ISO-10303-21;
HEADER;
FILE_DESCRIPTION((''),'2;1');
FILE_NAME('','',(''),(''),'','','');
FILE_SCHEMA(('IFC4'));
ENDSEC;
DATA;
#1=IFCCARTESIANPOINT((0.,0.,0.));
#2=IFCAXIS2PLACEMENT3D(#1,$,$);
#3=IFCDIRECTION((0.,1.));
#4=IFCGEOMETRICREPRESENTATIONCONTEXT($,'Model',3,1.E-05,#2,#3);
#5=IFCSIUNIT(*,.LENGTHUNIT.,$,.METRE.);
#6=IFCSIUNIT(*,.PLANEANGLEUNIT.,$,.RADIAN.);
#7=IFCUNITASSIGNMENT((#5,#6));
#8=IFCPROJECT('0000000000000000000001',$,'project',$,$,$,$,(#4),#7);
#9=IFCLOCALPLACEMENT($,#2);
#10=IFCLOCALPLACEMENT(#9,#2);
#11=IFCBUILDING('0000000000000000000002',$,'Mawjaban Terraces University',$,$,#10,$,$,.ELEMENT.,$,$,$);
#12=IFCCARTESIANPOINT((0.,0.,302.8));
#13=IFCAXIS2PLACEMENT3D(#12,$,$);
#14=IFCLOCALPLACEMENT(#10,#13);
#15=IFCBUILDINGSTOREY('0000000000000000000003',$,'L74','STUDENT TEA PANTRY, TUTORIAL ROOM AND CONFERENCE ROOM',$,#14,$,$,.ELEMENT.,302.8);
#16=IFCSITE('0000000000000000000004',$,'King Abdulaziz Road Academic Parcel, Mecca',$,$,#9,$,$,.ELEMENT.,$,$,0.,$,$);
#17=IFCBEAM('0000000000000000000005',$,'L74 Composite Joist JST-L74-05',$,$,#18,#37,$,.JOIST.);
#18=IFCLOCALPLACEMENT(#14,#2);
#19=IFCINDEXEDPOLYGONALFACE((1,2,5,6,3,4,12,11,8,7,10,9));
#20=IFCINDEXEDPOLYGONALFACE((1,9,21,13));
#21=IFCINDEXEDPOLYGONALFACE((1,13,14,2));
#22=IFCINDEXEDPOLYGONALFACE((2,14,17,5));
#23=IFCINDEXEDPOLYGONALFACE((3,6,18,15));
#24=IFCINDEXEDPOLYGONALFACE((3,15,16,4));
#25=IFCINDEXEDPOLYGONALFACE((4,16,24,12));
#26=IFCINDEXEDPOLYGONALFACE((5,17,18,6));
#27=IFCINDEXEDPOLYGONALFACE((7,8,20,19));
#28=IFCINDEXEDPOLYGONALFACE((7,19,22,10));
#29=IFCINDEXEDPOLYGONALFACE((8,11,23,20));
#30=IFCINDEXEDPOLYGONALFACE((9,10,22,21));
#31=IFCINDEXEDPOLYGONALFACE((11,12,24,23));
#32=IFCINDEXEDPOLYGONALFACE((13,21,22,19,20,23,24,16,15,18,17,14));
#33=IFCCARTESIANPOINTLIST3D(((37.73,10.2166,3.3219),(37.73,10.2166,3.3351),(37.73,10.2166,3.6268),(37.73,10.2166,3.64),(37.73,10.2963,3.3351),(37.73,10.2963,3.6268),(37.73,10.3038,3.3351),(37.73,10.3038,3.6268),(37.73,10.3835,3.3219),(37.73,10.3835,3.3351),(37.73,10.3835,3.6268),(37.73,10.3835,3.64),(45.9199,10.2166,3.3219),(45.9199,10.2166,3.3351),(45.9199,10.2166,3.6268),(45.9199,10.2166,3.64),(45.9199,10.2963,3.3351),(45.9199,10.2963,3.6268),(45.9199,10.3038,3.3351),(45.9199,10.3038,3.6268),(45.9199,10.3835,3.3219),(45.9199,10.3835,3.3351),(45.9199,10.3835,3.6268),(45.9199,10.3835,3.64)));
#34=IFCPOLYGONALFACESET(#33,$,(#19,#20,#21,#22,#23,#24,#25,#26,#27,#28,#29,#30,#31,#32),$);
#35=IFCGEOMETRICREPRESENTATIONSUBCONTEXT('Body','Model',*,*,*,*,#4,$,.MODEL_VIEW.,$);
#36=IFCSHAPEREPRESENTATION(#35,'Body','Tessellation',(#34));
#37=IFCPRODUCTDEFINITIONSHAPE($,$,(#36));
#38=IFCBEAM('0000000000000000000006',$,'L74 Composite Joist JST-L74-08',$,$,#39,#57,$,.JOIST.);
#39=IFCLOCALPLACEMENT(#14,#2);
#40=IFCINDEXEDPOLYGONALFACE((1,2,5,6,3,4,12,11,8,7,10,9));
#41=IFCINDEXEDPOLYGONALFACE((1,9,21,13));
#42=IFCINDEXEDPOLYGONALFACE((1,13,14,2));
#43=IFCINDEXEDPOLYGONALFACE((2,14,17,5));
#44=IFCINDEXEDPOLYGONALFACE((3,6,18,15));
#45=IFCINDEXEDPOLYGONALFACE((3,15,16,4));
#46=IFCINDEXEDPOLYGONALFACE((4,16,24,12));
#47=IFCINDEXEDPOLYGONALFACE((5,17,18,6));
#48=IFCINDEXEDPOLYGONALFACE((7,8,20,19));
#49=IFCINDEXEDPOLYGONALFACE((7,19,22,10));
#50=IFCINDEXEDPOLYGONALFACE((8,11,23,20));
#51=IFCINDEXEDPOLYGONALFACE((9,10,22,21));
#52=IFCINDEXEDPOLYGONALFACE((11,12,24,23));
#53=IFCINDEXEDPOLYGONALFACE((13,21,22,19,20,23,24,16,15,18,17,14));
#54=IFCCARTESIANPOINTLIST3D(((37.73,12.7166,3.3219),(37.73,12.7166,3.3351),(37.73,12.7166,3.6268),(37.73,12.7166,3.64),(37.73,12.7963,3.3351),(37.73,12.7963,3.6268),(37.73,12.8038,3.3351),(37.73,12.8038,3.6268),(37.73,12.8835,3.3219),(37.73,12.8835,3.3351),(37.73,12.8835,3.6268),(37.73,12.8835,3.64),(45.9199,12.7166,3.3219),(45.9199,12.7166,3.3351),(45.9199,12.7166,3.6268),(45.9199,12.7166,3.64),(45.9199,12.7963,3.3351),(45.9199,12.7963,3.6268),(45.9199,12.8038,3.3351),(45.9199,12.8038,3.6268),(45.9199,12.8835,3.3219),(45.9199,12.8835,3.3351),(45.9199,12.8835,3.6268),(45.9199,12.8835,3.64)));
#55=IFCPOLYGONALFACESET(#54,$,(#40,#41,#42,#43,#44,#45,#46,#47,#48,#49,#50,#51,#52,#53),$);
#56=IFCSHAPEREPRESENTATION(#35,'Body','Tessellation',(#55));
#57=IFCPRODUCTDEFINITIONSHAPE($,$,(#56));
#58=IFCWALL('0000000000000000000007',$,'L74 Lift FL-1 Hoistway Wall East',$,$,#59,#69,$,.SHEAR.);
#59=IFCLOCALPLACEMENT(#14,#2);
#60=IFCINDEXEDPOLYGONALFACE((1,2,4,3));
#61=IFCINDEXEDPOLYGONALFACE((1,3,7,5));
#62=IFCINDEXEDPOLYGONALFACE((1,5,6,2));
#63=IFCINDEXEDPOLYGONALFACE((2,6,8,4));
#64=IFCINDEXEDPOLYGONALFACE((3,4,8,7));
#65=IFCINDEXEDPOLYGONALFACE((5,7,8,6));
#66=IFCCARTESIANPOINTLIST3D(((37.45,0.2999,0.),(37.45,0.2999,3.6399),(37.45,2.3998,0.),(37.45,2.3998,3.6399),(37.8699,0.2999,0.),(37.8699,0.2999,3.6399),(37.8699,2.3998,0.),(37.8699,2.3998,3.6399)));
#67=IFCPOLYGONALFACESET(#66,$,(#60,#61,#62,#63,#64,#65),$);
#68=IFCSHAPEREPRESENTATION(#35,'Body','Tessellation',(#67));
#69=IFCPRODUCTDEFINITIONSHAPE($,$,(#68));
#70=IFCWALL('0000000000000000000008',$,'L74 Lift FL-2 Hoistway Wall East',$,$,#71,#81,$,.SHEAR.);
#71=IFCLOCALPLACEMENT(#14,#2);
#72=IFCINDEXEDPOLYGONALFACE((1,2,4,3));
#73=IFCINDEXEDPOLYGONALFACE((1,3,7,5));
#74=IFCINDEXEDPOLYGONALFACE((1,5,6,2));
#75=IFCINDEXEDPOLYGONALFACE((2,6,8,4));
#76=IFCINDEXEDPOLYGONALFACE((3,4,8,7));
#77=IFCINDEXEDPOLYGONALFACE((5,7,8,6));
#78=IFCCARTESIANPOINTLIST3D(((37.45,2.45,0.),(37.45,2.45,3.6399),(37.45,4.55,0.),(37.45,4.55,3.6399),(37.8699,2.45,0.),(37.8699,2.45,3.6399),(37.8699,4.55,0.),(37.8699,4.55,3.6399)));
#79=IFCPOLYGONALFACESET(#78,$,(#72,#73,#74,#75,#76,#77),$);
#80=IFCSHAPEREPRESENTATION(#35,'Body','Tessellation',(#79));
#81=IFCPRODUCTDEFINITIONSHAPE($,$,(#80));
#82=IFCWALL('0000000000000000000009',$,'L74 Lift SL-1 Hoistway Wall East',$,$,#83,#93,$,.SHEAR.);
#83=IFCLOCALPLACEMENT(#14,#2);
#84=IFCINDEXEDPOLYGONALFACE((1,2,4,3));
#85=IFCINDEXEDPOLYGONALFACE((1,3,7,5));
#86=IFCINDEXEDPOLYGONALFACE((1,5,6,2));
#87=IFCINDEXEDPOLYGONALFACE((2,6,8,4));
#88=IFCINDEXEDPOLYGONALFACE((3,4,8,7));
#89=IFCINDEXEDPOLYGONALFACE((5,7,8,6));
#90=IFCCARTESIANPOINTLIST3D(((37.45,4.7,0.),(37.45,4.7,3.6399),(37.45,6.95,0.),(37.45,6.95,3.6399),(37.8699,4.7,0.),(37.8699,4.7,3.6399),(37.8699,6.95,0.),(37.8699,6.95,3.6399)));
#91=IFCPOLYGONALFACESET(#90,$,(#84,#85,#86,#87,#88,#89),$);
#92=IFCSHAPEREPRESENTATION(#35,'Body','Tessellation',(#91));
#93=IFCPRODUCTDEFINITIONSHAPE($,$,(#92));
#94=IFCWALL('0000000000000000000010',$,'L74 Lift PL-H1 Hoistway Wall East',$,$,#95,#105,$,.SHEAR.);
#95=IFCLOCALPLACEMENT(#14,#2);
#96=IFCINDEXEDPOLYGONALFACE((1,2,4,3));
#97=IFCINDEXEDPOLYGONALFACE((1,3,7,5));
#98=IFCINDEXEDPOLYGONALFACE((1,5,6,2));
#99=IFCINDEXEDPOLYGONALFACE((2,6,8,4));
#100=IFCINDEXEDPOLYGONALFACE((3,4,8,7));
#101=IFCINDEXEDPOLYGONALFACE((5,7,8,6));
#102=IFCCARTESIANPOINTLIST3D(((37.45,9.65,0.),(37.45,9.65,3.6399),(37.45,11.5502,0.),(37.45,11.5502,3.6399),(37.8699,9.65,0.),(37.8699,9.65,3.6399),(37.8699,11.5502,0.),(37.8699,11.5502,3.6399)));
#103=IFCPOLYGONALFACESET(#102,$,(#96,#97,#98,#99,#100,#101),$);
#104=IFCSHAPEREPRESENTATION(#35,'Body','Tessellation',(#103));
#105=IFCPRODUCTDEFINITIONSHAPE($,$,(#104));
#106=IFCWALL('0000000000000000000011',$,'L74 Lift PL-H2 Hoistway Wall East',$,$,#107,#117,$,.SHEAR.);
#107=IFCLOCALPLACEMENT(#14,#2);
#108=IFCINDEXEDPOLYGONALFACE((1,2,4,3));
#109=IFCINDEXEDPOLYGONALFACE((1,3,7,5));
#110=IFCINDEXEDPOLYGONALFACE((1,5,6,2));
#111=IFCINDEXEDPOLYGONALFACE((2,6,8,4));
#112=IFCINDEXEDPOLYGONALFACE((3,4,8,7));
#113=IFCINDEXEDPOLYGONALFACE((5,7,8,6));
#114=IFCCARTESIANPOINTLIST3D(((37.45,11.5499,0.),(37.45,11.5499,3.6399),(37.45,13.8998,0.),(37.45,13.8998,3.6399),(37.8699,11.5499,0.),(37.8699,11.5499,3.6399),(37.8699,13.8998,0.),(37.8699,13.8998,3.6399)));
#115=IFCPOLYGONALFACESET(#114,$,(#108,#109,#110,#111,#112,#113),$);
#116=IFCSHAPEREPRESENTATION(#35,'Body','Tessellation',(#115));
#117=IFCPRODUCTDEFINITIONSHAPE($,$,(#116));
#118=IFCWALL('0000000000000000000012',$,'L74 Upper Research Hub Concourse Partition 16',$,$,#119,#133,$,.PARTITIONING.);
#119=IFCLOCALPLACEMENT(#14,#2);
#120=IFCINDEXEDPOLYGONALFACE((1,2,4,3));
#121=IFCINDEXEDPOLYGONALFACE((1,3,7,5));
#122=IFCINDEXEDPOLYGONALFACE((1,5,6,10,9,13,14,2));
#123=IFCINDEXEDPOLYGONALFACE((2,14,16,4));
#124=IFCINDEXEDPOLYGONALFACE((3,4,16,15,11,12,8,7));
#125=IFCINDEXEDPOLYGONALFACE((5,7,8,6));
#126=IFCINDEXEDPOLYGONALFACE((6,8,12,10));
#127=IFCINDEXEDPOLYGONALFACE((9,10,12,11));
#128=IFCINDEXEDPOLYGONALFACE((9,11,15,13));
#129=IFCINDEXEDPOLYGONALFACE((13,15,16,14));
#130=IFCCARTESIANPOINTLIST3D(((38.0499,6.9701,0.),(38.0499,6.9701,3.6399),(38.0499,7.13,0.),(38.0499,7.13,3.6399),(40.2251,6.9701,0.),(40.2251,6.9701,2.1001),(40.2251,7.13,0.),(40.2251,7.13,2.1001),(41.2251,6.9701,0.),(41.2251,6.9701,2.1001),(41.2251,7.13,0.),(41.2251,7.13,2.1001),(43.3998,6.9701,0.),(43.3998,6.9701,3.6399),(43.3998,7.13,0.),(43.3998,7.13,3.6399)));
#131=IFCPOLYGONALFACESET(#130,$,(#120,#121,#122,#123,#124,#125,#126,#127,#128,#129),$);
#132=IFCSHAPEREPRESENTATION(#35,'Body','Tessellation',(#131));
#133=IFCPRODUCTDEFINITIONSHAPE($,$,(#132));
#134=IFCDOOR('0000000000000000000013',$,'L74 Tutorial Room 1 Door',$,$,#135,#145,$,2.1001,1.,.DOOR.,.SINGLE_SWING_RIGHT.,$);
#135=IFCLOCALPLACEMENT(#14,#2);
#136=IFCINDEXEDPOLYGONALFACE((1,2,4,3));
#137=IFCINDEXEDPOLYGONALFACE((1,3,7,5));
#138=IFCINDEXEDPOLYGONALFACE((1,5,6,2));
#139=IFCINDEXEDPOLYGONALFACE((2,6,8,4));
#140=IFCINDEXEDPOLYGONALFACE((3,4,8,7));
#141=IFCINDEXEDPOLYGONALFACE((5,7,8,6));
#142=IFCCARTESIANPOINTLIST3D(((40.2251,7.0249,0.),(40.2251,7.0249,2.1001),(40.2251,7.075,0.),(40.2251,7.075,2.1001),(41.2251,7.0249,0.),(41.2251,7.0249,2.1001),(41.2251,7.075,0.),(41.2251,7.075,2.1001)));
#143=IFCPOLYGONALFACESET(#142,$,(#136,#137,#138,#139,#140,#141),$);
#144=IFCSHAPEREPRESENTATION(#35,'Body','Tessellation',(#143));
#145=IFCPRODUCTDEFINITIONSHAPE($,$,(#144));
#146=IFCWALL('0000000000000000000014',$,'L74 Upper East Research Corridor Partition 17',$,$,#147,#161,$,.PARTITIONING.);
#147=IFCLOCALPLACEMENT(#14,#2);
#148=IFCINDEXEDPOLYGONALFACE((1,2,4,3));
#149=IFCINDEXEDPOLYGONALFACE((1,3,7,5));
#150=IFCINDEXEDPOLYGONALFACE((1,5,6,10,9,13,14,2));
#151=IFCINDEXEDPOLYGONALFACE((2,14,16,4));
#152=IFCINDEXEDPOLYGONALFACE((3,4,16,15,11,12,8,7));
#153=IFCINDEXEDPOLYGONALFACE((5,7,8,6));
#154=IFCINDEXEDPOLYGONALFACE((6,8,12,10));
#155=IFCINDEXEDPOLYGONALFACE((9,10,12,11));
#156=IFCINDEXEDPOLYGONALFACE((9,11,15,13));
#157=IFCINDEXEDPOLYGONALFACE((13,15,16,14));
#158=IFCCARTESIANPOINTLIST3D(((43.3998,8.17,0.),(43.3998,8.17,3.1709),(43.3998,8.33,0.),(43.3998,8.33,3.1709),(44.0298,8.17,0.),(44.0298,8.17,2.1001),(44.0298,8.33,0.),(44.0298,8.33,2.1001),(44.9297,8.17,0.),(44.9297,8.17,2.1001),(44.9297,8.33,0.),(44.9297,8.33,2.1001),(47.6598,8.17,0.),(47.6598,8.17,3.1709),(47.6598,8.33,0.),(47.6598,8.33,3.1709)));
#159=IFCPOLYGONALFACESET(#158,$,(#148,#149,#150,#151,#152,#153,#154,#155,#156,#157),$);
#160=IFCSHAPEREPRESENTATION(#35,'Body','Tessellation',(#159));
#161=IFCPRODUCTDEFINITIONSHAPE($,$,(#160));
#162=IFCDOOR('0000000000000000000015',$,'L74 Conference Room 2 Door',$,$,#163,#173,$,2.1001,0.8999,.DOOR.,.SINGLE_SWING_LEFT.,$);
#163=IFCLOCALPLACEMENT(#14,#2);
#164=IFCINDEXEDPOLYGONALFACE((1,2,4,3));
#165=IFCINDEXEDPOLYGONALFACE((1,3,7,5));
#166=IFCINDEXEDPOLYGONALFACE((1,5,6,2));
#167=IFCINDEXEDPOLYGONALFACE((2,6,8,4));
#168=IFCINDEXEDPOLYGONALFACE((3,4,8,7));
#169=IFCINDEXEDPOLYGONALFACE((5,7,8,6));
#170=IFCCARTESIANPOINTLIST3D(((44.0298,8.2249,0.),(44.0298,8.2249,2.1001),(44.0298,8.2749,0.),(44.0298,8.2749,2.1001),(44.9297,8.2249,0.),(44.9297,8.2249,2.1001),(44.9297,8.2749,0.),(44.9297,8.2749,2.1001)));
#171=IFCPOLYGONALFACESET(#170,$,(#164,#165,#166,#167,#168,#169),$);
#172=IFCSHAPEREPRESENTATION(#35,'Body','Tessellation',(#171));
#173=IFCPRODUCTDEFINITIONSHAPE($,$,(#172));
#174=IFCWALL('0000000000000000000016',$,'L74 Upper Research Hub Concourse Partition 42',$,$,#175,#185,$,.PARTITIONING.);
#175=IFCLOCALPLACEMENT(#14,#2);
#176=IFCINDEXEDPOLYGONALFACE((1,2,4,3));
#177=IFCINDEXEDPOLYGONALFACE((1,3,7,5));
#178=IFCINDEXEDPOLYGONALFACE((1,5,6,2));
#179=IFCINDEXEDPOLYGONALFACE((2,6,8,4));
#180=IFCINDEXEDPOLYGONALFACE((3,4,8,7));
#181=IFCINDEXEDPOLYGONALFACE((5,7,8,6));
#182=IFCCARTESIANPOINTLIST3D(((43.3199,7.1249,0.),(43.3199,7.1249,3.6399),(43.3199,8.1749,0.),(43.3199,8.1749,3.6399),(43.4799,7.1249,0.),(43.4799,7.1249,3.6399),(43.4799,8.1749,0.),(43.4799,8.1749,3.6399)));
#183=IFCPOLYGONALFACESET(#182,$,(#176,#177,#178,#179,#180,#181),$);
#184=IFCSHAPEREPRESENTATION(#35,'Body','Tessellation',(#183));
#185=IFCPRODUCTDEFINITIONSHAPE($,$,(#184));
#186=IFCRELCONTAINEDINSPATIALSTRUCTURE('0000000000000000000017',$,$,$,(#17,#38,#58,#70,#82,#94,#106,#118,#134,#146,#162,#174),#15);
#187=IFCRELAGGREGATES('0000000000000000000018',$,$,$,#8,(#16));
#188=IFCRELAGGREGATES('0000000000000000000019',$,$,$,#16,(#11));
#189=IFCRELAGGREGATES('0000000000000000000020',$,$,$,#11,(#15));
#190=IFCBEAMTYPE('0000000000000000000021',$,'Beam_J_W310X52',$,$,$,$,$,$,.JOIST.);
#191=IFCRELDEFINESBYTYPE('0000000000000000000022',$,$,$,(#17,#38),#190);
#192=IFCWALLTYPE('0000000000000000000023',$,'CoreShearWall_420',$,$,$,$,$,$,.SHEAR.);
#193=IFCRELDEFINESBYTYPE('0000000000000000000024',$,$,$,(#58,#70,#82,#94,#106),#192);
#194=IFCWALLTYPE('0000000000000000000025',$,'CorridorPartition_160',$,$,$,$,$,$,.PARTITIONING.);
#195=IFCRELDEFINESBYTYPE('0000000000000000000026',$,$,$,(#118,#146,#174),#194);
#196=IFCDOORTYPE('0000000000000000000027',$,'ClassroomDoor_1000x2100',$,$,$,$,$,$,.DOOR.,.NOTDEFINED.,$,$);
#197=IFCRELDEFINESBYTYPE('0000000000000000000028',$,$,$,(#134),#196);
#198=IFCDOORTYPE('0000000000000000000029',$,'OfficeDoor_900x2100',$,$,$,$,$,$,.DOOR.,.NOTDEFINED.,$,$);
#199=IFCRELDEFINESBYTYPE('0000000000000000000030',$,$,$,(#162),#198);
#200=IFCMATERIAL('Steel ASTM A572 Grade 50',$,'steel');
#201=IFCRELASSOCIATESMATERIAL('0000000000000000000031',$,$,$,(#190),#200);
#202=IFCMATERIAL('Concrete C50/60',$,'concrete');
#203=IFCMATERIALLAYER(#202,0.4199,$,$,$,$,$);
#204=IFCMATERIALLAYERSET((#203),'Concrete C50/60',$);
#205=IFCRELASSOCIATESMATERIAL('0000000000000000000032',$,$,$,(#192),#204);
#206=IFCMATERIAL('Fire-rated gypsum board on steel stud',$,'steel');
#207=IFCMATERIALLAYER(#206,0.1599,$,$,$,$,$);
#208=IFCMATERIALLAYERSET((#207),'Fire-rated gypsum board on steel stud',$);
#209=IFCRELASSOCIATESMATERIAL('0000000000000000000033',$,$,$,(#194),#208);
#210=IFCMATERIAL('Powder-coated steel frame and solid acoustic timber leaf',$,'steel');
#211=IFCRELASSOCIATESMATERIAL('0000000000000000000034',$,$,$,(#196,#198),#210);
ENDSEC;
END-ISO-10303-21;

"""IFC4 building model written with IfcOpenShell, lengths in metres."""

from ifc_helpers import new_model, si_unit, direction, frame, frame_2d, origin, origin_2d, place, context, subcontext, project, spatial, rectangle, i_section, extrude, material, layer, layer_set, material_profile, profile_set, type_object, element, fill, save


model = new_model("IFC4")

# Units and contexts
model_context = context("Model", 3, precision=1e-05, world=origin(), true_north=direction((0.0, 1.0)))
body_context = subcontext(model_context, "Body", "Model", "MODEL_VIEW")
ifc_project = project(units=[si_unit("LENGTHUNIT", "METRE"), si_unit("PLANEANGLEUNIT", "RADIAN")], contexts=[model_context])

# Site, building, storey
site_placement = place(None, origin())
site = spatial("IfcSite", under=ifc_project, at=site_placement, Name="King Abdulaziz Road Academic Parcel, Mecca", CompositionType="ELEMENT", RefElevation=0.0)
building_placement = place(site_placement, origin())
building = spatial("IfcBuilding", under=site, at=building_placement, Name="Mawjaban Terraces University", CompositionType="ELEMENT")
storey_placement = place(building_placement, frame((0.0, 0.0, 302.8)))
storey = spatial("IfcBuildingStorey", under=building, at=storey_placement, Name="L74", Description="STUDENT TEA PANTRY, TUTORIAL ROOM AND CONFERENCE ROOM", CompositionType="ELEMENT", Elevation=302.8)

# Shared definitions
ifc_material_1 = material(Name="Concrete C50/60", Category="concrete")

# Beams
ifc_material_2 = material(Name="Steel ASTM A572 Grade 50", Category="steel")
ifc_material_profile_1 = material_profile(ifc_material_2, i_section(OverallWidth=0.167, OverallDepth=0.3181, WebThickness=0.0076, FlangeThickness=0.0132, at=origin_2d()), Name="W310X52")
ifc_profile_set_1 = profile_set([ifc_material_profile_1], Name="Steel ASTM A572 Grade 50")
beam_type_1 = type_object("IfcBeamType", Name="Beam_J_W310X52", PredefinedType="JOIST", material=ifc_profile_set_1)
for number, where, z_axis, x_axis, name in (
    (1, (37.73, 10.3, 3.481), (1.0, 0.0, 0.0), (0.0, 1.0, 0.0), "L74 Composite Joist JST-L74-05"),
    (2, (37.73, 12.8, 3.481), (1.0, 0.0, 0.0), (0.0, 1.0, 0.0), "L74 Composite Joist JST-L74-08"),
):
    element("IfcBeam", number, at=place(storey_placement, frame(where, z_axis=z_axis, x_axis=x_axis)), inside=storey, type_object=beam_type_1, Name=name, PredefinedType="JOIST", context=body_context, shape_type="SweptSolid", body=[
        extrude(i_section(OverallWidth=0.167, OverallDepth=0.3181, WebThickness=0.0076, FlangeThickness=0.0132, at=origin_2d()), origin(), (0.0, 0.0, 1.0), 8.1899),
    ])

# Walls
ifc_layer_1 = layer(ifc_material_1, 0.4199)
ifc_layer_set_1 = layer_set([ifc_layer_1], Name="Concrete C50/60")
wall_type_1 = type_object("IfcWallType", Name="CoreShearWall_420", PredefinedType="SHEAR", material=ifc_layer_set_1)
wall_1_placement = place(storey_placement, frame((37.6599, 0.3, 0.0), z_axis=(0.0, 0.0, 1.0), x_axis=(0.0, 1.0, 0.0)))
element("IfcWall", 3, at=wall_1_placement, inside=storey, type_object=wall_type_1, Name="L74 Lift FL-1 Hoistway Wall East", PredefinedType="SHEAR", context=body_context, shape_type="SweptSolid", body=[
    extrude(rectangle(XDim=2.0999, YDim=0.4199, at=frame_2d((1.0498, 0.0))), origin(), (0.0, 0.0, 1.0), 3.6399),
])
wall_2_placement = place(storey_placement, frame((37.6599, 2.45, 0.0), z_axis=(0.0, 0.0, 1.0), x_axis=(0.0, 1.0, 0.0)))
element("IfcWall", 4, at=wall_2_placement, inside=storey, type_object=wall_type_1, Name="L74 Lift FL-2 Hoistway Wall East", PredefinedType="SHEAR", context=body_context, shape_type="SweptSolid", body=[
    extrude(rectangle(XDim=2.1001, YDim=0.4199, at=frame_2d((1.05, 0.0))), origin(), (0.0, 0.0, 1.0), 3.6399),
])
wall_3_placement = place(storey_placement, frame((37.6599, 4.7, 0.0), z_axis=(0.0, 0.0, 1.0), x_axis=(0.0, 1.0, 0.0)))
element("IfcWall", 5, at=wall_3_placement, inside=storey, type_object=wall_type_1, Name="L74 Lift SL-1 Hoistway Wall East", PredefinedType="SHEAR", context=body_context, shape_type="SweptSolid", body=[
    extrude(rectangle(XDim=2.25, YDim=0.4199, at=frame_2d((1.125, 0.0))), origin(), (0.0, 0.0, 1.0), 3.6399),
])
wall_4_placement = place(storey_placement, frame((37.6599, 9.6499, 0.0), z_axis=(0.0, 0.0, 1.0), x_axis=(0.0, 1.0, 0.0)))
element("IfcWall", 6, at=wall_4_placement, inside=storey, type_object=wall_type_1, Name="L74 Lift PL-H1 Hoistway Wall East", PredefinedType="SHEAR", context=body_context, shape_type="SweptSolid", body=[
    extrude(rectangle(XDim=1.9001, YDim=0.4199, at=frame_2d((0.9502, 0.0))), origin(), (0.0, 0.0, 1.0), 3.6399),
])
wall_5_placement = place(storey_placement, frame((37.6599, 11.55, 0.0), z_axis=(0.0, 0.0, 1.0), x_axis=(0.0, 1.0, 0.0)))
element("IfcWall", 7, at=wall_5_placement, inside=storey, type_object=wall_type_1, Name="L74 Lift PL-H2 Hoistway Wall East", PredefinedType="SHEAR", context=body_context, shape_type="SweptSolid", body=[
    extrude(rectangle(XDim=2.3499, YDim=0.4199, at=frame_2d((1.1748, 0.0))), origin(), (0.0, 0.0, 1.0), 3.6399),
])

# Walls, openings, doors
ifc_material_3 = material(Name="Fire-rated gypsum board on steel stud", Category="steel")
ifc_layer_2 = layer(ifc_material_3, 0.1599)
ifc_layer_set_2 = layer_set([ifc_layer_2], Name="Fire-rated gypsum board on steel stud")
wall_type_2 = type_object("IfcWallType", Name="CorridorPartition_160", PredefinedType="PARTITIONING", material=ifc_layer_set_2)
wall_6_placement = place(storey_placement, frame((38.05, 7.05, 0.0), z_axis=(0.0, 0.0, 1.0), x_axis=(1.0, 0.0, 0.0)))
wall_6 = element("IfcWall", 8, at=wall_6_placement, inside=storey, type_object=wall_type_2, Name="L74 Upper Research Hub Concourse Partition 16", PredefinedType="PARTITIONING", context=body_context, shape_type="SweptSolid", body=[
    extrude(rectangle(XDim=5.3499, YDim=0.1599, at=frame_2d((2.6748, 0.0))), origin(), (0.0, 0.0, 1.0), 3.6399),
])
opening_1_placement = place(wall_6_placement, frame((2.175, 0.0, 0.0)))
opening_1 = element("IfcOpeningElement", 9, at=opening_1_placement, cuts=wall_6, PredefinedType="OPENING", context=body_context, shape_type="SweptSolid", body=[
    extrude(rectangle(XDim=1.0, YDim=2.1001, at=frame_2d((0.5, 1.05))), frame((0.0, 0.0898, 0.0), z_axis=(0.0, -1.0, 0.0), x_axis=(1.0, 0.0, 0.0)), (0.0, 0.0, 1.0), 0.1799),
])
ifc_material_4 = material(Name="Powder-coated steel frame and solid acoustic timber leaf", Category="steel")
door_type_1 = type_object("IfcDoorType", Name="ClassroomDoor_1000x2100", OperationType="NOTDEFINED", PredefinedType="DOOR", material=ifc_material_4)
door_1_placement = place(opening_1_placement, origin())
door_1 = element("IfcDoor", 10, at=door_1_placement, inside=storey, type_object=door_type_1, Name="L74 Tutorial Room 1 Door", OperationType="SINGLE_SWING_RIGHT", OverallHeight=2.1001, OverallWidth=1.0, PredefinedType="DOOR", context=body_context, shape_type="SweptSolid", body=[
    extrude(rectangle(XDim=1.0, YDim=2.1001, at=frame_2d((0.5, 1.05))), frame((0.0, 0.0249, 0.0), z_axis=(0.0, -1.0, 0.0), x_axis=(1.0, 0.0, 0.0)), (0.0, 0.0, 1.0), 0.05),
])
fill(opening_1, door_1)
wall_7_placement = place(storey_placement, frame((43.3999, 8.25, 0.0), z_axis=(0.0, 0.0, 1.0), x_axis=(1.0, 0.0, 0.0)))
wall_7 = element("IfcWall", 11, at=wall_7_placement, inside=storey, type_object=wall_type_2, Name="L74 Upper East Research Corridor Partition 17", PredefinedType="PARTITIONING", context=body_context, shape_type="SweptSolid", body=[
    extrude(rectangle(XDim=4.26, YDim=0.1599, at=frame_2d((2.1299, 0.0))), origin(), (0.0, 0.0, 1.0), 3.1709),
])
opening_2_placement = place(wall_7_placement, frame((0.6299, 0.0, 0.0)))
opening_2 = element("IfcOpeningElement", 12, at=opening_2_placement, cuts=wall_7, PredefinedType="OPENING", context=body_context, shape_type="SweptSolid", body=[
    extrude(rectangle(XDim=0.8999, YDim=2.1001, at=frame_2d((0.45, 1.05))), frame((0.0, 0.0898, 0.0), z_axis=(0.0, -1.0, 0.0), x_axis=(1.0, 0.0, 0.0)), (0.0, 0.0, 1.0), 0.1799),
])
door_type_2 = type_object("IfcDoorType", Name="OfficeDoor_900x2100", OperationType="NOTDEFINED", PredefinedType="DOOR", material=ifc_material_4)
door_2_placement = place(opening_2_placement, origin())
door_2 = element("IfcDoor", 13, at=door_2_placement, inside=storey, type_object=door_type_2, Name="L74 Conference Room 2 Door", OperationType="SINGLE_SWING_LEFT", OverallHeight=2.1001, OverallWidth=0.8999, PredefinedType="DOOR", context=body_context, shape_type="SweptSolid", body=[
    extrude(rectangle(XDim=0.8999, YDim=2.1001, at=frame_2d((0.45, 1.05))), frame((0.0, 0.0249, 0.0), z_axis=(0.0, -1.0, 0.0), x_axis=(1.0, 0.0, 0.0)), (0.0, 0.0, 1.0), 0.05),
])
fill(opening_2, door_2)

# Wall
wall_8_placement = place(storey_placement, frame((43.3999, 7.125, 0.0), z_axis=(0.0, 0.0, 1.0), x_axis=(0.0, 1.0, 0.0)))
element("IfcWall", 14, at=wall_8_placement, inside=storey, type_object=wall_type_2, Name="L74 Upper Research Hub Concourse Partition 42", PredefinedType="PARTITIONING", context=body_context, shape_type="SweptSolid", body=[
    extrude(rectangle(XDim=1.05, YDim=0.1599, at=frame_2d((0.5249, 0.0))), origin(), (0.0, 0.0, 1.0), 3.6399),
])

save(model, "model.ifc")
